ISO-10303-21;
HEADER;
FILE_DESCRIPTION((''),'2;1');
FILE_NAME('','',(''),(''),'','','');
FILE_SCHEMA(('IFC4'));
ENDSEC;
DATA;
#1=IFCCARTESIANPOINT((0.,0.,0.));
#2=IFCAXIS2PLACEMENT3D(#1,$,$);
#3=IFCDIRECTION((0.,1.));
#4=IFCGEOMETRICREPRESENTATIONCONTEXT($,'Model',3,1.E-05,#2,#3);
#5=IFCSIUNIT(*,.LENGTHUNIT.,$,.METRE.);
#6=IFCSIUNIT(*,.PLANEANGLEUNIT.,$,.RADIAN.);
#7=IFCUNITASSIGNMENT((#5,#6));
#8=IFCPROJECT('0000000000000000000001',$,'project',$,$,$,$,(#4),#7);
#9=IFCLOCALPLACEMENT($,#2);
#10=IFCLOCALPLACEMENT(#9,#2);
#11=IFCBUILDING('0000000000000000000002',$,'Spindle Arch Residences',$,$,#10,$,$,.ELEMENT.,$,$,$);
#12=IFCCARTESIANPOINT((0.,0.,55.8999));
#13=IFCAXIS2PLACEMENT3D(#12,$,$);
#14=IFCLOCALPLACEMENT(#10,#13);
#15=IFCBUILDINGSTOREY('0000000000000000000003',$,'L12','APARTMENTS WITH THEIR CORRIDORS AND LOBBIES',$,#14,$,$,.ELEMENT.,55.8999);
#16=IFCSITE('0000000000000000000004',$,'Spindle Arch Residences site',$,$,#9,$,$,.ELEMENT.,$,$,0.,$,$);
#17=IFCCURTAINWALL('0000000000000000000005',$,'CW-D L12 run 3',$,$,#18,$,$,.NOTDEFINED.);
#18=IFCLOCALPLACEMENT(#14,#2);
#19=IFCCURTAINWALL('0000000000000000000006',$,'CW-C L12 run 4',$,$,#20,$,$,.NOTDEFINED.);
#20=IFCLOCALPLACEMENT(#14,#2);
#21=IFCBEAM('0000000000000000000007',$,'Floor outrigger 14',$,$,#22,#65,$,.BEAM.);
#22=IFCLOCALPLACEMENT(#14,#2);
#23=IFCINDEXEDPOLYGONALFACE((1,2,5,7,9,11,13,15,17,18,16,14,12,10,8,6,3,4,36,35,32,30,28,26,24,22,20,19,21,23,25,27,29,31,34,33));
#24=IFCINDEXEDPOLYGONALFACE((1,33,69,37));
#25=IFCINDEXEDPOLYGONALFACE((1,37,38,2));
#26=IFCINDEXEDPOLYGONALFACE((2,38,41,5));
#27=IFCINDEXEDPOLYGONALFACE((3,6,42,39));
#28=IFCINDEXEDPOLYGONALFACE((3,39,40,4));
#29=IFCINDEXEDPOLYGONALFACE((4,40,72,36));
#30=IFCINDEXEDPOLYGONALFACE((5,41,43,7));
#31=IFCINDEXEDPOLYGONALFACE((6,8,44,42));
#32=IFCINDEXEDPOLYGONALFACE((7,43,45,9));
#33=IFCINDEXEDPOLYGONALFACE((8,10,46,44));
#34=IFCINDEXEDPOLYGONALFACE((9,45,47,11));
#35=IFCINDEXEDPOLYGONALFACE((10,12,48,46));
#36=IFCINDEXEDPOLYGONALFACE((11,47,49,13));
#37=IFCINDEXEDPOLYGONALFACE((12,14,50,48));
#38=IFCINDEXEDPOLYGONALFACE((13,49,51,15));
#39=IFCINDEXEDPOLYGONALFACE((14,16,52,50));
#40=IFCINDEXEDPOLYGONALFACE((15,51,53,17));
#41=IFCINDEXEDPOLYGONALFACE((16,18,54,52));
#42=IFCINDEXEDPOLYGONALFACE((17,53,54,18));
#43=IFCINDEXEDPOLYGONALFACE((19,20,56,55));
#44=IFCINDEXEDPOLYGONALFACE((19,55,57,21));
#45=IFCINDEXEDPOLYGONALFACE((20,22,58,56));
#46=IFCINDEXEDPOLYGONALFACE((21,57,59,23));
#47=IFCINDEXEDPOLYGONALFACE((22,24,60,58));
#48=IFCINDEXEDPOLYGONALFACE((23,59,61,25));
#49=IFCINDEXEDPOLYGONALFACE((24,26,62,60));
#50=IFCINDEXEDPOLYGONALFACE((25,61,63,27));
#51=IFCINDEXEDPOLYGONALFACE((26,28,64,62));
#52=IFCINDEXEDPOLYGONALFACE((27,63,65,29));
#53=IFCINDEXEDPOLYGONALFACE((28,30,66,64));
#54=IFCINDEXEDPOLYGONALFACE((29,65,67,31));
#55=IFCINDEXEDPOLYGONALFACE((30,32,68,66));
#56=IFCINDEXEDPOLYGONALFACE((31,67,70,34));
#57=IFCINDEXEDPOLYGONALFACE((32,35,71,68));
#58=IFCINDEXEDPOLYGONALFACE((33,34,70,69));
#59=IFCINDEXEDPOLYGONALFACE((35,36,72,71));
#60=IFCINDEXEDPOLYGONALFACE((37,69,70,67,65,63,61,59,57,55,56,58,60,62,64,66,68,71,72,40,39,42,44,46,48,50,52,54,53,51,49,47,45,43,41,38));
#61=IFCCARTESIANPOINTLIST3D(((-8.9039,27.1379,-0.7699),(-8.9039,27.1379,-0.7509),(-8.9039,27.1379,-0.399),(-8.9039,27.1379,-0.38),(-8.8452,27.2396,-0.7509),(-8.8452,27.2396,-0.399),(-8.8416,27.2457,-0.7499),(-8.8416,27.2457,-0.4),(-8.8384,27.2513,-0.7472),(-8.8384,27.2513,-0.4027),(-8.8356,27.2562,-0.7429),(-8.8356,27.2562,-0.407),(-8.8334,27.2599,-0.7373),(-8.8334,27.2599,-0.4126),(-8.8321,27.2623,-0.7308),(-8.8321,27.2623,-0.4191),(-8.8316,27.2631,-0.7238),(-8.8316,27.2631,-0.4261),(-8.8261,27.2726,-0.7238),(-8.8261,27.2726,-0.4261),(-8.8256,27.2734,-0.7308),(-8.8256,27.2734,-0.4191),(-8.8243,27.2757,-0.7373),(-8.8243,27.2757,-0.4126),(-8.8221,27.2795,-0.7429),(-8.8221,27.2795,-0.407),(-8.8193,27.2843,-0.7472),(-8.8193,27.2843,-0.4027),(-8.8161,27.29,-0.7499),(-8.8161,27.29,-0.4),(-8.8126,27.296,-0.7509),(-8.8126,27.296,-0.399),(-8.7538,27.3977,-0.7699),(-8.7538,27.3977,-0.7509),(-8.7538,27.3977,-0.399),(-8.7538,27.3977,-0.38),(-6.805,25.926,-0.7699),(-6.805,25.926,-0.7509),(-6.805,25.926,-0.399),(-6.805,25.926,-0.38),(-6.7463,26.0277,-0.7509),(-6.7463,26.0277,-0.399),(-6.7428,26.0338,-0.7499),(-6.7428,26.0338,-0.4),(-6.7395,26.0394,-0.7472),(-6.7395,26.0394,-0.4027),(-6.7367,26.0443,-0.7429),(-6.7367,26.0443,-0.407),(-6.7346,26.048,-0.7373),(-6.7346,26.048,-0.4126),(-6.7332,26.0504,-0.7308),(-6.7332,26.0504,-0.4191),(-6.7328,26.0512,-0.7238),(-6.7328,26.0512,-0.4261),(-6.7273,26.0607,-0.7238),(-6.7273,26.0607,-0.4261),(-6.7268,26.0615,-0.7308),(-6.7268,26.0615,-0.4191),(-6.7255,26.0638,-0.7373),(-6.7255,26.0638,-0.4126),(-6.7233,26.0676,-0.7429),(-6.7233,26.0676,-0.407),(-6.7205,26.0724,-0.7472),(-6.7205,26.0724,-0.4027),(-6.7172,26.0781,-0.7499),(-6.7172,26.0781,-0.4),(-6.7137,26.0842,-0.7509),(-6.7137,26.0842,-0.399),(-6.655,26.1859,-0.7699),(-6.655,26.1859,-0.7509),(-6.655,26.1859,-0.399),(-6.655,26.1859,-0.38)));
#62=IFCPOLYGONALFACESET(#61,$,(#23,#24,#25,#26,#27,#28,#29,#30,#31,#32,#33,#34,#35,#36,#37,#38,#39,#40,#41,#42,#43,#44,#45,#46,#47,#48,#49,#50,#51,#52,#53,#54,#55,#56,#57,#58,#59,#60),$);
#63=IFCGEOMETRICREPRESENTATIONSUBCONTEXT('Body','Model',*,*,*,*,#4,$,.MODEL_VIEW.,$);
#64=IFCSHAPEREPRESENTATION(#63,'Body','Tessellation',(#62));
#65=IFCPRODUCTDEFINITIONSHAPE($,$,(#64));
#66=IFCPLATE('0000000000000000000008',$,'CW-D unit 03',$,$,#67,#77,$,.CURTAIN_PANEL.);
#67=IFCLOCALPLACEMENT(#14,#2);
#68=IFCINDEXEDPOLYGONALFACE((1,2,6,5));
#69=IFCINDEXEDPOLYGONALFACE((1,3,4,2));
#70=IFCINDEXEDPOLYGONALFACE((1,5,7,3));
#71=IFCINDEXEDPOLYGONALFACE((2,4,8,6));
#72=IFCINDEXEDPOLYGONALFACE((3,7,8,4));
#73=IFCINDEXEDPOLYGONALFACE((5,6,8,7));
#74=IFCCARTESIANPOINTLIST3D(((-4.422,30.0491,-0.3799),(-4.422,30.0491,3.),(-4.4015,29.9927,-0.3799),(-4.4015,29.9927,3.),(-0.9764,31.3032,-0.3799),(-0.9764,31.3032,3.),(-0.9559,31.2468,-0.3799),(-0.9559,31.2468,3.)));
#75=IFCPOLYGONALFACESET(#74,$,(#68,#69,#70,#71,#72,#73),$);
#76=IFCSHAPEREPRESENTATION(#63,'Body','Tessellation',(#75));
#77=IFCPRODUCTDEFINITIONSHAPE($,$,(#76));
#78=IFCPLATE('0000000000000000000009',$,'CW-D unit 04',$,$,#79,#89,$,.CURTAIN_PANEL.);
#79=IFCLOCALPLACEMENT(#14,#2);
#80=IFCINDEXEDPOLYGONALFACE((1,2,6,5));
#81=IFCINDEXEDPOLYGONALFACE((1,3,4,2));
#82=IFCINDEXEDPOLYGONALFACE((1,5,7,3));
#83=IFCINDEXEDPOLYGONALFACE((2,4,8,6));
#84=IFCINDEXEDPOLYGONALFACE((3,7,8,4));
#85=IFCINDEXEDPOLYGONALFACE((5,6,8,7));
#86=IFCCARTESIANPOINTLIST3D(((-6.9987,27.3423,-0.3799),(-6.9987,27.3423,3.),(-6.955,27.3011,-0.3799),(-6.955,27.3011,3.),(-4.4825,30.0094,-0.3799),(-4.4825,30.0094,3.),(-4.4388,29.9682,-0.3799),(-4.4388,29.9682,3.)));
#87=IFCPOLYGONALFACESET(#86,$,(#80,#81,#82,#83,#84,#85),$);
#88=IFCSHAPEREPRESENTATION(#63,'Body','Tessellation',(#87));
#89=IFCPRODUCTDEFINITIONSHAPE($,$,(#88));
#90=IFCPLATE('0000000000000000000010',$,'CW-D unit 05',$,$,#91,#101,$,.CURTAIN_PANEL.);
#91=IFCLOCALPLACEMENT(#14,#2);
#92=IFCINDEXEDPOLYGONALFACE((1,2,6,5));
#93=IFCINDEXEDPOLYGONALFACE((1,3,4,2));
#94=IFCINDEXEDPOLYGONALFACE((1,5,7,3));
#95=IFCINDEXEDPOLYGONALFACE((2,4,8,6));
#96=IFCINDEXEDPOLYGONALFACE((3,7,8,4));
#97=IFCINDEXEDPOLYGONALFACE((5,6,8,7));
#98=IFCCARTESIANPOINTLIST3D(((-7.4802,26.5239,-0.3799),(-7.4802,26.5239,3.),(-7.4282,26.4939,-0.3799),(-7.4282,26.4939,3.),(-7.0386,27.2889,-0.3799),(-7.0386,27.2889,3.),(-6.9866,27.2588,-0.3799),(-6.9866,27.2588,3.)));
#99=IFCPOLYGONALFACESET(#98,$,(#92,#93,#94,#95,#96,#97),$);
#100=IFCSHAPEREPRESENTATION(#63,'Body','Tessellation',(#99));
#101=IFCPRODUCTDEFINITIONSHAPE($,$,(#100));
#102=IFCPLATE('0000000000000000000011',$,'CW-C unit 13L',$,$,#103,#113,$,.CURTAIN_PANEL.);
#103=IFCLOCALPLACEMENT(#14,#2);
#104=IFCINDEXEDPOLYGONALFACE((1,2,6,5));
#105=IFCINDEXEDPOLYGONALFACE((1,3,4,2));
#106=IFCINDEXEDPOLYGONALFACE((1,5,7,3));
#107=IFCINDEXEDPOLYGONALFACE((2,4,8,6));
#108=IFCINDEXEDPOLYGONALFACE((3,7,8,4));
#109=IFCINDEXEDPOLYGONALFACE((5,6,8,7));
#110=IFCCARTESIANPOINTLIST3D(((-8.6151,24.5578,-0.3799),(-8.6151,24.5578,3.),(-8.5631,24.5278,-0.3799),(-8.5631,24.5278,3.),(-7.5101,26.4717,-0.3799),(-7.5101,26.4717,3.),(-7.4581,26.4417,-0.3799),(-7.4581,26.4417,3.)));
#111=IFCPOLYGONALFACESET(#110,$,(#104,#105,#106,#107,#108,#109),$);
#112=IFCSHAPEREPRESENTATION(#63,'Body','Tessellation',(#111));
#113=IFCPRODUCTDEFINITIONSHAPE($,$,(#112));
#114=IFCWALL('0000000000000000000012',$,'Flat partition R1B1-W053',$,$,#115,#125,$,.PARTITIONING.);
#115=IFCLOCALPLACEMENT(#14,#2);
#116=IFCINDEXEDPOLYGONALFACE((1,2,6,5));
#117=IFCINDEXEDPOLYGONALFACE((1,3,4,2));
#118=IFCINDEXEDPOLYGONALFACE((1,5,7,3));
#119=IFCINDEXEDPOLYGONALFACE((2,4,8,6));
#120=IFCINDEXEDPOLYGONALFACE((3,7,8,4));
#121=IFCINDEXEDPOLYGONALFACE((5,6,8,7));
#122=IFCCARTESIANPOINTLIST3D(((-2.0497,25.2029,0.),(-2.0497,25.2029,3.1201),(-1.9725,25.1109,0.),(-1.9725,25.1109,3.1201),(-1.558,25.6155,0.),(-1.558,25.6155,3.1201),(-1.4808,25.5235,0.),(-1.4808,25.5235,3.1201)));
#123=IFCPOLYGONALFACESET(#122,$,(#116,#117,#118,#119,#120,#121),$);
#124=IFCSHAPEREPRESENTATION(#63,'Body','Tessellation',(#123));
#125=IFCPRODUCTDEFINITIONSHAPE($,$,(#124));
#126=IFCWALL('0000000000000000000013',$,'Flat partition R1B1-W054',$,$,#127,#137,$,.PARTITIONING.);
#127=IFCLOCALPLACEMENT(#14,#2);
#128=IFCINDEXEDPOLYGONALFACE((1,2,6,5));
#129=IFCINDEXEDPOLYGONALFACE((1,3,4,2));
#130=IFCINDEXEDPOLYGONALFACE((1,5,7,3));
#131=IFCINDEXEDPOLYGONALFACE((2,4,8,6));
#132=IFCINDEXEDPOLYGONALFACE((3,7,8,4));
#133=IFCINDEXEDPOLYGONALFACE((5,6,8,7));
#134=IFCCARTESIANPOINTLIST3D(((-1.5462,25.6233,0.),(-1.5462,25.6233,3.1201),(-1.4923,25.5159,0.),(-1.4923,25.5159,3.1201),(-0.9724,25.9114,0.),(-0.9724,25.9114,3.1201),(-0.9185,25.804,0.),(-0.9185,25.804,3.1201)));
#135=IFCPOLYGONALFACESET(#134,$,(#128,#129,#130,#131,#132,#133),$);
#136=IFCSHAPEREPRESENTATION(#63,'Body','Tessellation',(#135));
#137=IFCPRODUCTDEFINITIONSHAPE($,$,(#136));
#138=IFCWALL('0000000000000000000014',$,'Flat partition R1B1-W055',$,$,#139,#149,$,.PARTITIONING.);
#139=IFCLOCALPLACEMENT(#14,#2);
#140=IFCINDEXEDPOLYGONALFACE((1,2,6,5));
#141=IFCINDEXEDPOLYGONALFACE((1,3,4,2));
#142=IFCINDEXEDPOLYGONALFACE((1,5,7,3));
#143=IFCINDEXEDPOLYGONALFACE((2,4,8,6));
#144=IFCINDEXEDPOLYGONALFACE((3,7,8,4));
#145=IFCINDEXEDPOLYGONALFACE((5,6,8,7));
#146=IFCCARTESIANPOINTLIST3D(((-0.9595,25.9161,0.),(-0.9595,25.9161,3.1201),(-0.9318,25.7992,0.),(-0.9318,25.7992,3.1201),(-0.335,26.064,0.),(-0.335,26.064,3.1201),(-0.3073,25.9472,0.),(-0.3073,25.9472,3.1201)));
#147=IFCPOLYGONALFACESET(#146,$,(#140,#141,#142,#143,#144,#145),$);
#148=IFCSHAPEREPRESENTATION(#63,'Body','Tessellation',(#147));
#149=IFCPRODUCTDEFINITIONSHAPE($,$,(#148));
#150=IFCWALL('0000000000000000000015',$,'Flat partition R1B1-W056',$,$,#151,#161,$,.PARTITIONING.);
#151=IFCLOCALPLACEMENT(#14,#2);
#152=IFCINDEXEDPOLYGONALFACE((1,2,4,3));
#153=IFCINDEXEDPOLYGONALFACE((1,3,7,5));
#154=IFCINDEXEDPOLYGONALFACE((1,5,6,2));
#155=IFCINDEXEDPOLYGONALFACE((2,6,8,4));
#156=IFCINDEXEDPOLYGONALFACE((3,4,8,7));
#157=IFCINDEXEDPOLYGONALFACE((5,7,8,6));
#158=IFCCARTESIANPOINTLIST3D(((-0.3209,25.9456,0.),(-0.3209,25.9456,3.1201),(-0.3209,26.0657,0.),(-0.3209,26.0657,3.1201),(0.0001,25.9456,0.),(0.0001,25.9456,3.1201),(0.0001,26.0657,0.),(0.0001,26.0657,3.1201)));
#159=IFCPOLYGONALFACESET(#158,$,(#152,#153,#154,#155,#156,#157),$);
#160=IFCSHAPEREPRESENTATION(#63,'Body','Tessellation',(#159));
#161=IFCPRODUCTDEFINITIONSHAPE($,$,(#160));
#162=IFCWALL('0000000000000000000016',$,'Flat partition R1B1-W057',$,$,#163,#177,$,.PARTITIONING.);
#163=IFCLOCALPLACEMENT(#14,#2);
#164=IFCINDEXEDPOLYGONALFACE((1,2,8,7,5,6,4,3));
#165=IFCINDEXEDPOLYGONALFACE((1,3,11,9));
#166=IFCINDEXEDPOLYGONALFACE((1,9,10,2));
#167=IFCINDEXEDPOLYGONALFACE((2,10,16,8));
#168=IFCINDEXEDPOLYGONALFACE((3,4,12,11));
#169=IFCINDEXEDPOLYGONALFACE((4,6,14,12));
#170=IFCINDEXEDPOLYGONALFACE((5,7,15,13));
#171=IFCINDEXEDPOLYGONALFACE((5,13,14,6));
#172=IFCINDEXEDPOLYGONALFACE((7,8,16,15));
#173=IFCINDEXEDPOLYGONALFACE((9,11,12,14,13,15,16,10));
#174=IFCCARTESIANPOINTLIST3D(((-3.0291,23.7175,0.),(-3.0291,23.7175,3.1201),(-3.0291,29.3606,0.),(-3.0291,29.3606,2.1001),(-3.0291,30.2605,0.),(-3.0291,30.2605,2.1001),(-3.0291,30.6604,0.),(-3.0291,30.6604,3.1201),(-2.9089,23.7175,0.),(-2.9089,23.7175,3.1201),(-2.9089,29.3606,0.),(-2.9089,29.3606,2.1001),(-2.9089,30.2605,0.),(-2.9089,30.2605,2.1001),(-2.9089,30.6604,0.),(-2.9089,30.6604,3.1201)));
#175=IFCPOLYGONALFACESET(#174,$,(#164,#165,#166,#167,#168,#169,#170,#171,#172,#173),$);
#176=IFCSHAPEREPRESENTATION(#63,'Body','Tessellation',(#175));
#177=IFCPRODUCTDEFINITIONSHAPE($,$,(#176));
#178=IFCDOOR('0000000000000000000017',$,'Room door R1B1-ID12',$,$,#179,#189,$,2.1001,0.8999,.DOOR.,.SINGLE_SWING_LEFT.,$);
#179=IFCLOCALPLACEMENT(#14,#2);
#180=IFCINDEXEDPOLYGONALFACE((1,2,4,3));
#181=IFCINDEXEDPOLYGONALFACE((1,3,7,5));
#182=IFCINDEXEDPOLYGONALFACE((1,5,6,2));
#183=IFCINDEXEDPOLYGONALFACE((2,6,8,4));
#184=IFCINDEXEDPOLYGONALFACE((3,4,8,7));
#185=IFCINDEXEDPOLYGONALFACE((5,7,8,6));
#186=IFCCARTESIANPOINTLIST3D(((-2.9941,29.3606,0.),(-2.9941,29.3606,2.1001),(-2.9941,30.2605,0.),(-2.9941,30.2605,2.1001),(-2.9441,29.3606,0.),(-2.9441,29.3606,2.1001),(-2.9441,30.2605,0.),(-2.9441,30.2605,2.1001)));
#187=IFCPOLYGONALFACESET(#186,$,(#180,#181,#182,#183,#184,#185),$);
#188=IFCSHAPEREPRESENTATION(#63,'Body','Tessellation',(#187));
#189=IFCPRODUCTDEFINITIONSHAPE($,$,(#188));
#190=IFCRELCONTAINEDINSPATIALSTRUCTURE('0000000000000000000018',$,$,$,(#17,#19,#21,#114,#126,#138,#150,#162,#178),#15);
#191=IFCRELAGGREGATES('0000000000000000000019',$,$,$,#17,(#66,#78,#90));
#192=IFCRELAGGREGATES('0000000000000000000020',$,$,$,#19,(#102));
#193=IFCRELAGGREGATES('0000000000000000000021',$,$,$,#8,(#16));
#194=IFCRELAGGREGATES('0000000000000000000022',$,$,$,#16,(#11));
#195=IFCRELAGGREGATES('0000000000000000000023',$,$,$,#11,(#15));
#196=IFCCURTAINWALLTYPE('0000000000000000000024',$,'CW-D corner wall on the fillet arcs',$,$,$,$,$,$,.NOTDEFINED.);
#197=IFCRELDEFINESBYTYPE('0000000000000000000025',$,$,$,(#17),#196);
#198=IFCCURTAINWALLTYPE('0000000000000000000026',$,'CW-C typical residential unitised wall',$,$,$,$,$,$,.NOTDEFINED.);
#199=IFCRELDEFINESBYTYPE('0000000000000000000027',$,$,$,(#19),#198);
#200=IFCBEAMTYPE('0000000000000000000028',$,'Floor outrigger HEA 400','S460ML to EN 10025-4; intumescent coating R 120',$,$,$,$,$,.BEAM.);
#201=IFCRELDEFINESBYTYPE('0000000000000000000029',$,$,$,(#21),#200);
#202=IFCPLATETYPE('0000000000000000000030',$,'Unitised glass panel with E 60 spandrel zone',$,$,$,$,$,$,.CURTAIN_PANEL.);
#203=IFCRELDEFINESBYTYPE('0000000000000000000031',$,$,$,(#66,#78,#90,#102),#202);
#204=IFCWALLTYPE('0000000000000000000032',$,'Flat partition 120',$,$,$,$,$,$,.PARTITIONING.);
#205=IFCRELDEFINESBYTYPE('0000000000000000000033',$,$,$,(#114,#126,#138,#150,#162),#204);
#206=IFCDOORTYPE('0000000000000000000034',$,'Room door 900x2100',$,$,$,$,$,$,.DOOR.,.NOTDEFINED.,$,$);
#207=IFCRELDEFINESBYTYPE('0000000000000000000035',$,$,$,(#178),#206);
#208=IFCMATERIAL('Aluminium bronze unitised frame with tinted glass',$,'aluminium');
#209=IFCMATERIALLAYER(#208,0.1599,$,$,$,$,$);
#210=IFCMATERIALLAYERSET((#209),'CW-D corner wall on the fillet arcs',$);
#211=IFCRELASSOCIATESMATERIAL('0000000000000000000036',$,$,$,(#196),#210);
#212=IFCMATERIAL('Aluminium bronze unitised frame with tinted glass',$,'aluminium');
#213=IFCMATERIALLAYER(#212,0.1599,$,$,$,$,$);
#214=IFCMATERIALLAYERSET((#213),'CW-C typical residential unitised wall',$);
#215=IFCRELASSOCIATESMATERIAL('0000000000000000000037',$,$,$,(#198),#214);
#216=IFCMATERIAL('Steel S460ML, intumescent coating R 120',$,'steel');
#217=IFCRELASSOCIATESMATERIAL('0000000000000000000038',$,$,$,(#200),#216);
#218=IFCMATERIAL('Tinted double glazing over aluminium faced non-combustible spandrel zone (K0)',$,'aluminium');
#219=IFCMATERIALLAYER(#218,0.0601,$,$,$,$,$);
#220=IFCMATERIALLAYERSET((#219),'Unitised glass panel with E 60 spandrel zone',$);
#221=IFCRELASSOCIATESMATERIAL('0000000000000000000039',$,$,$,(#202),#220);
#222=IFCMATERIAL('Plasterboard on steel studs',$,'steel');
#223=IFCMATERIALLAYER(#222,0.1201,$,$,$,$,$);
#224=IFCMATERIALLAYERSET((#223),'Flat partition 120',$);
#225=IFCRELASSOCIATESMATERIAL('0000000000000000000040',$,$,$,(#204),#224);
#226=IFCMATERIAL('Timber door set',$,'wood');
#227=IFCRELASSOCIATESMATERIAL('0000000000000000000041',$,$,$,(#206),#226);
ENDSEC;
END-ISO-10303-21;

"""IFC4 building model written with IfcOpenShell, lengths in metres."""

from ifc_helpers import new_model, si_unit, direction, frame, frame_2d, origin, origin_2d, place, context, subcontext, project, spatial, rectangle, i_section, extrude, material, layer, layer_set, material_profile, profile_set, type_object, element, fill, aggregate, save


model = new_model("IFC4")

# Units and contexts
model_context = context("Model", 3, precision=1e-05, world=origin(), true_north=direction((0.0, 1.0)))
body_context = subcontext(model_context, "Body", "Model", "MODEL_VIEW")
ifc_project = project(units=[si_unit("LENGTHUNIT", "METRE"), si_unit("PLANEANGLEUNIT", "RADIAN")], contexts=[model_context])

# Site, building, storey
site_placement = place(None, origin())
site = spatial("IfcSite", under=ifc_project, at=site_placement, Name="Spindle Arch Residences site", CompositionType="ELEMENT", RefElevation=0.0)
building_placement = place(site_placement, origin())
building = spatial("IfcBuilding", under=site, at=building_placement, Name="Spindle Arch Residences", CompositionType="ELEMENT")
storey_placement = place(building_placement, frame((0.0, 0.0, 55.8999)))
storey = spatial("IfcBuildingStorey", under=building, at=storey_placement, Name="L12", Description="APARTMENTS WITH THEIR CORRIDORS AND LOBBIES", CompositionType="ELEMENT", Elevation=55.8999)

# Curtain wall
ifc_material_1 = material(Name="Aluminium bronze unitised frame with tinted glass", Category="aluminium")
ifc_layer_1 = layer(ifc_material_1, 0.1599)
ifc_layer_set_1 = layer_set([ifc_layer_1], Name="CW-D corner wall on the fillet arcs")
curtain_wall_type_1 = type_object("IfcCurtainWallType", Name="CW-D corner wall on the fillet arcs", PredefinedType="NOTDEFINED", material=ifc_layer_set_1)
curtain_wall_1_placement = place(storey_placement, origin())
curtain_wall_1 = element("IfcCurtainWall", 1, at=curtain_wall_1_placement, inside=storey, type_object=curtain_wall_type_1, Name="CW-D L12 run 3", PredefinedType="NOTDEFINED")

# Curtain wall
ifc_material_2 = material(Name="Aluminium bronze unitised frame with tinted glass", Category="aluminium")
ifc_layer_2 = layer(ifc_material_2, 0.1599)
ifc_layer_set_2 = layer_set([ifc_layer_2], Name="CW-C typical residential unitised wall")
curtain_wall_type_2 = type_object("IfcCurtainWallType", Name="CW-C typical residential unitised wall", PredefinedType="NOTDEFINED", material=ifc_layer_set_2)
curtain_wall_2_placement = place(storey_placement, origin())
curtain_wall_2 = element("IfcCurtainWall", 2, at=curtain_wall_2_placement, inside=storey, type_object=curtain_wall_type_2, Name="CW-C L12 run 4", PredefinedType="NOTDEFINED")

# Beam
ifc_material_3 = material(Name="Steel S460ML, intumescent coating R 120", Category="steel")
ifc_material_profile_1 = material_profile(ifc_material_3, i_section(OverallWidth=0.3, OverallDepth=0.3899, WebThickness=0.011, FlangeThickness=0.019, FilletRadius=0.0271, at=origin_2d()), Name="HEA 400")
ifc_profile_set_1 = profile_set([ifc_material_profile_1], Name="Steel S460ML, intumescent coating R 120")
beam_type_1 = type_object("IfcBeamType", Name="Floor outrigger HEA 400", Description="S460ML to EN 10025-4; intumescent coating R 120", PredefinedType="BEAM", material=ifc_profile_set_1)
beam_1_placement = place(storey_placement, frame((-8.8289, 27.2678, -0.575), z_axis=(0.866003, -0.500039, 0.0), x_axis=(0.500039, 0.866003, 0.0)))
element("IfcBeam", 3, at=beam_1_placement, inside=storey, type_object=beam_type_1, Name="Floor outrigger 14", PredefinedType="BEAM", context=body_context, shape_type="SweptSolid", body=[
    extrude(i_section(OverallWidth=0.3, OverallDepth=0.3899, WebThickness=0.011, FlangeThickness=0.019, FilletRadius=0.0271, at=origin_2d()), origin(), (0.0, 0.0, 1.0), 2.4236),
])

# Plates
ifc_material_4 = material(Name="Tinted double glazing over aluminium faced non-combustible spandrel zone (K0)", Category="aluminium")
ifc_layer_3 = layer(ifc_material_4, 0.0601)
ifc_layer_set_3 = layer_set([ifc_layer_3], Name="Unitised glass panel with E 60 spandrel zone")
plate_type = type_object("IfcPlateType", Name="Unitised glass panel with E 60 spandrel zone", PredefinedType="CURTAIN_PANEL", material=ifc_layer_set_3)
plate_1_placement = place(storey_placement, frame((-2.689, 30.6479, -0.3799), z_axis=(0.0, 0.0, 1.0), x_axis=(-0.939693, -0.34202, 0.0)))
plate_1 = element("IfcPlate", 4, at=plate_1_placement, type_object=plate_type, Name="CW-D unit 03", PredefinedType="CURTAIN_PANEL", context=body_context, shape_type="SweptSolid", body=[
    extrude(rectangle(XDim=3.6667, YDim=0.0601, at=origin_2d()), origin(), (0.0, 0.0, 1.0), 3.3799),
])
plate_2_placement = place(storey_placement, frame((-5.7188, 28.6553, -0.3799), z_axis=(0.0, 0.0, 1.0), x_axis=(-0.686242, -0.727374, 0.0)))
plate_2 = element("IfcPlate", 5, at=plate_2_placement, type_object=plate_type, Name="CW-D unit 04", PredefinedType="CURTAIN_PANEL", context=body_context, shape_type="SweptSolid", body=[
    extrude(rectangle(XDim=3.6667, YDim=0.0601, at=origin_2d()), origin(), (0.0, 0.0, 1.0), 3.3799),
])
plate_3_placement = place(storey_placement, frame((-7.2334, 26.8914, -0.3799), z_axis=(0.0, 0.0, 1.0), x_axis=(-0.5, -0.866025, 0.0)))
plate_3 = element("IfcPlate", 6, at=plate_3_placement, type_object=plate_type, Name="CW-D unit 05", PredefinedType="CURTAIN_PANEL", context=body_context, shape_type="SweptSolid", body=[
    extrude(rectangle(XDim=0.8833, YDim=0.0601, at=origin_2d()), origin(), (0.0, 0.0, 1.0), 3.3799),
])
aggregate(curtain_wall_1, [plate_1, plate_2, plate_3])
plate_4_placement = place(storey_placement, frame((-8.0366, 25.4998, -0.3799), z_axis=(0.0, 0.0, 1.0), x_axis=(-0.5, -0.866025, 0.0)))
plate_4 = element("IfcPlate", 7, at=plate_4_placement, type_object=plate_type, Name="CW-C unit 13L", PredefinedType="CURTAIN_PANEL", context=body_context, shape_type="SweptSolid", body=[
    extrude(rectangle(XDim=2.21, YDim=0.0601, at=origin_2d()), origin(), (0.0, 0.0, 1.0), 3.3799),
])
aggregate(curtain_wall_2, [plate_4])

# Walls
ifc_material_5 = material(Name="Plasterboard on steel studs", Category="steel")
ifc_layer_4 = layer(ifc_material_5, 0.1201)
ifc_layer_set_4 = layer_set([ifc_layer_4], Name="Flat partition 120")
wall_type_1 = type_object("IfcWallType", Name="Flat partition 120", PredefinedType="PARTITIONING", material=ifc_layer_set_4)
wall_1_placement = place(storey_placement, frame((-2.011, 25.157, 0.0), z_axis=(0.0, 0.0, 1.0), x_axis=(0.766034, 0.6428, 0.0)))
element("IfcWall", 8, at=wall_1_placement, inside=storey, type_object=wall_type_1, Name="Flat partition R1B1-W053", PredefinedType="PARTITIONING", context=body_context, shape_type="SweptSolid", body=[
    extrude(rectangle(XDim=0.6418, YDim=0.1201, at=frame_2d((0.3208, 0.0))), origin(), (0.0, 0.0, 1.0), 3.1201),
])
wall_2_placement = place(storey_placement, frame((-1.5193, 25.5696, 0.0), z_axis=(0.0, 0.0, 1.0), x_axis=(0.893665, 0.448734, 0.0)))
element("IfcWall", 9, at=wall_2_placement, inside=storey, type_object=wall_type_1, Name="Flat partition R1B1-W054", PredefinedType="PARTITIONING", context=body_context, shape_type="SweptSolid", body=[
    extrude(rectangle(XDim=0.6421, YDim=0.1201, at=frame_2d((0.321, 0.0))), origin(), (0.0, 0.0, 1.0), 3.1201),
])
wall_3_placement = place(storey_placement, frame((-0.9456, 25.8577, 0.0), z_axis=(0.0, 0.0, 1.0), x_axis=(0.973067, 0.230523, 0.0)))
element("IfcWall", 10, at=wall_3_placement, inside=storey, type_object=wall_type_1, Name="Flat partition R1B1-W055", PredefinedType="PARTITIONING", context=body_context, shape_type="SweptSolid", body=[
    extrude(rectangle(XDim=0.6418, YDim=0.1201, at=frame_2d((0.3208, 0.0))), origin(), (0.0, 0.0, 1.0), 3.1201),
])
wall_4_placement = place(storey_placement, frame((-0.321, 26.0056, 0.0), z_axis=(0.0, 0.0, 1.0), x_axis=(1.0, 0.0, 0.0)))
element("IfcWall", 11, at=wall_4_placement, inside=storey, type_object=wall_type_1, Name="Flat partition R1B1-W056", PredefinedType="PARTITIONING", context=body_context, shape_type="SweptSolid", body=[
    extrude(rectangle(XDim=0.321, YDim=0.1201, at=frame_2d((0.1606, 0.0))), origin(), (0.0, 0.0, 1.0), 3.1201),
])

# Wall, opening, door
wall_5_placement = place(storey_placement, frame((-2.969, 30.6604, 0.0), z_axis=(0.0, 0.0, 1.0), x_axis=(0.0, -1.0, 0.0)))
wall_5 = element("IfcWall", 12, at=wall_5_placement, inside=storey, type_object=wall_type_1, Name="Flat partition R1B1-W057", PredefinedType="PARTITIONING", context=body_context, shape_type="SweptSolid", body=[
    extrude(rectangle(XDim=6.9429, YDim=0.1201, at=frame_2d((3.4714, 0.0))), origin(), (0.0, 0.0, 1.0), 3.1201),
])
opening_1_placement = place(wall_5_placement, frame((0.3999, 0.0, 0.0)))
opening_1 = element("IfcOpeningElement", 13, at=opening_1_placement, cuts=wall_5, PredefinedType="OPENING", context=body_context, shape_type="SweptSolid", body=[
    extrude(rectangle(XDim=0.8999, YDim=2.1001, at=frame_2d((0.45, 1.05))), frame((0.0, 0.0701, 0.0), z_axis=(0.0, -1.0, 0.0), x_axis=(1.0, 0.0, 0.0)), (0.0, 0.0, 1.0), 0.1401),
])
ifc_material_6 = material(Name="Timber door set", Category="wood")
door_type_1 = type_object("IfcDoorType", Name="Room door 900x2100", OperationType="NOTDEFINED", PredefinedType="DOOR", material=ifc_material_6)
door_1_placement = place(opening_1_placement, origin())
door_1 = element("IfcDoor", 14, at=door_1_placement, inside=storey, type_object=door_type_1, Name="Room door R1B1-ID12", OperationType="SINGLE_SWING_LEFT", OverallHeight=2.1001, OverallWidth=0.8999, PredefinedType="DOOR", context=body_context, shape_type="SweptSolid", body=[
    extrude(rectangle(XDim=0.8999, YDim=2.1001, at=frame_2d((0.45, 1.05))), frame((0.0, 0.0249, 0.0), z_axis=(0.0, -1.0, 0.0), x_axis=(1.0, 0.0, 0.0)), (0.0, 0.0, 1.0), 0.05),
])
fill(opening_1, door_1)

save(model, "model.ifc")
